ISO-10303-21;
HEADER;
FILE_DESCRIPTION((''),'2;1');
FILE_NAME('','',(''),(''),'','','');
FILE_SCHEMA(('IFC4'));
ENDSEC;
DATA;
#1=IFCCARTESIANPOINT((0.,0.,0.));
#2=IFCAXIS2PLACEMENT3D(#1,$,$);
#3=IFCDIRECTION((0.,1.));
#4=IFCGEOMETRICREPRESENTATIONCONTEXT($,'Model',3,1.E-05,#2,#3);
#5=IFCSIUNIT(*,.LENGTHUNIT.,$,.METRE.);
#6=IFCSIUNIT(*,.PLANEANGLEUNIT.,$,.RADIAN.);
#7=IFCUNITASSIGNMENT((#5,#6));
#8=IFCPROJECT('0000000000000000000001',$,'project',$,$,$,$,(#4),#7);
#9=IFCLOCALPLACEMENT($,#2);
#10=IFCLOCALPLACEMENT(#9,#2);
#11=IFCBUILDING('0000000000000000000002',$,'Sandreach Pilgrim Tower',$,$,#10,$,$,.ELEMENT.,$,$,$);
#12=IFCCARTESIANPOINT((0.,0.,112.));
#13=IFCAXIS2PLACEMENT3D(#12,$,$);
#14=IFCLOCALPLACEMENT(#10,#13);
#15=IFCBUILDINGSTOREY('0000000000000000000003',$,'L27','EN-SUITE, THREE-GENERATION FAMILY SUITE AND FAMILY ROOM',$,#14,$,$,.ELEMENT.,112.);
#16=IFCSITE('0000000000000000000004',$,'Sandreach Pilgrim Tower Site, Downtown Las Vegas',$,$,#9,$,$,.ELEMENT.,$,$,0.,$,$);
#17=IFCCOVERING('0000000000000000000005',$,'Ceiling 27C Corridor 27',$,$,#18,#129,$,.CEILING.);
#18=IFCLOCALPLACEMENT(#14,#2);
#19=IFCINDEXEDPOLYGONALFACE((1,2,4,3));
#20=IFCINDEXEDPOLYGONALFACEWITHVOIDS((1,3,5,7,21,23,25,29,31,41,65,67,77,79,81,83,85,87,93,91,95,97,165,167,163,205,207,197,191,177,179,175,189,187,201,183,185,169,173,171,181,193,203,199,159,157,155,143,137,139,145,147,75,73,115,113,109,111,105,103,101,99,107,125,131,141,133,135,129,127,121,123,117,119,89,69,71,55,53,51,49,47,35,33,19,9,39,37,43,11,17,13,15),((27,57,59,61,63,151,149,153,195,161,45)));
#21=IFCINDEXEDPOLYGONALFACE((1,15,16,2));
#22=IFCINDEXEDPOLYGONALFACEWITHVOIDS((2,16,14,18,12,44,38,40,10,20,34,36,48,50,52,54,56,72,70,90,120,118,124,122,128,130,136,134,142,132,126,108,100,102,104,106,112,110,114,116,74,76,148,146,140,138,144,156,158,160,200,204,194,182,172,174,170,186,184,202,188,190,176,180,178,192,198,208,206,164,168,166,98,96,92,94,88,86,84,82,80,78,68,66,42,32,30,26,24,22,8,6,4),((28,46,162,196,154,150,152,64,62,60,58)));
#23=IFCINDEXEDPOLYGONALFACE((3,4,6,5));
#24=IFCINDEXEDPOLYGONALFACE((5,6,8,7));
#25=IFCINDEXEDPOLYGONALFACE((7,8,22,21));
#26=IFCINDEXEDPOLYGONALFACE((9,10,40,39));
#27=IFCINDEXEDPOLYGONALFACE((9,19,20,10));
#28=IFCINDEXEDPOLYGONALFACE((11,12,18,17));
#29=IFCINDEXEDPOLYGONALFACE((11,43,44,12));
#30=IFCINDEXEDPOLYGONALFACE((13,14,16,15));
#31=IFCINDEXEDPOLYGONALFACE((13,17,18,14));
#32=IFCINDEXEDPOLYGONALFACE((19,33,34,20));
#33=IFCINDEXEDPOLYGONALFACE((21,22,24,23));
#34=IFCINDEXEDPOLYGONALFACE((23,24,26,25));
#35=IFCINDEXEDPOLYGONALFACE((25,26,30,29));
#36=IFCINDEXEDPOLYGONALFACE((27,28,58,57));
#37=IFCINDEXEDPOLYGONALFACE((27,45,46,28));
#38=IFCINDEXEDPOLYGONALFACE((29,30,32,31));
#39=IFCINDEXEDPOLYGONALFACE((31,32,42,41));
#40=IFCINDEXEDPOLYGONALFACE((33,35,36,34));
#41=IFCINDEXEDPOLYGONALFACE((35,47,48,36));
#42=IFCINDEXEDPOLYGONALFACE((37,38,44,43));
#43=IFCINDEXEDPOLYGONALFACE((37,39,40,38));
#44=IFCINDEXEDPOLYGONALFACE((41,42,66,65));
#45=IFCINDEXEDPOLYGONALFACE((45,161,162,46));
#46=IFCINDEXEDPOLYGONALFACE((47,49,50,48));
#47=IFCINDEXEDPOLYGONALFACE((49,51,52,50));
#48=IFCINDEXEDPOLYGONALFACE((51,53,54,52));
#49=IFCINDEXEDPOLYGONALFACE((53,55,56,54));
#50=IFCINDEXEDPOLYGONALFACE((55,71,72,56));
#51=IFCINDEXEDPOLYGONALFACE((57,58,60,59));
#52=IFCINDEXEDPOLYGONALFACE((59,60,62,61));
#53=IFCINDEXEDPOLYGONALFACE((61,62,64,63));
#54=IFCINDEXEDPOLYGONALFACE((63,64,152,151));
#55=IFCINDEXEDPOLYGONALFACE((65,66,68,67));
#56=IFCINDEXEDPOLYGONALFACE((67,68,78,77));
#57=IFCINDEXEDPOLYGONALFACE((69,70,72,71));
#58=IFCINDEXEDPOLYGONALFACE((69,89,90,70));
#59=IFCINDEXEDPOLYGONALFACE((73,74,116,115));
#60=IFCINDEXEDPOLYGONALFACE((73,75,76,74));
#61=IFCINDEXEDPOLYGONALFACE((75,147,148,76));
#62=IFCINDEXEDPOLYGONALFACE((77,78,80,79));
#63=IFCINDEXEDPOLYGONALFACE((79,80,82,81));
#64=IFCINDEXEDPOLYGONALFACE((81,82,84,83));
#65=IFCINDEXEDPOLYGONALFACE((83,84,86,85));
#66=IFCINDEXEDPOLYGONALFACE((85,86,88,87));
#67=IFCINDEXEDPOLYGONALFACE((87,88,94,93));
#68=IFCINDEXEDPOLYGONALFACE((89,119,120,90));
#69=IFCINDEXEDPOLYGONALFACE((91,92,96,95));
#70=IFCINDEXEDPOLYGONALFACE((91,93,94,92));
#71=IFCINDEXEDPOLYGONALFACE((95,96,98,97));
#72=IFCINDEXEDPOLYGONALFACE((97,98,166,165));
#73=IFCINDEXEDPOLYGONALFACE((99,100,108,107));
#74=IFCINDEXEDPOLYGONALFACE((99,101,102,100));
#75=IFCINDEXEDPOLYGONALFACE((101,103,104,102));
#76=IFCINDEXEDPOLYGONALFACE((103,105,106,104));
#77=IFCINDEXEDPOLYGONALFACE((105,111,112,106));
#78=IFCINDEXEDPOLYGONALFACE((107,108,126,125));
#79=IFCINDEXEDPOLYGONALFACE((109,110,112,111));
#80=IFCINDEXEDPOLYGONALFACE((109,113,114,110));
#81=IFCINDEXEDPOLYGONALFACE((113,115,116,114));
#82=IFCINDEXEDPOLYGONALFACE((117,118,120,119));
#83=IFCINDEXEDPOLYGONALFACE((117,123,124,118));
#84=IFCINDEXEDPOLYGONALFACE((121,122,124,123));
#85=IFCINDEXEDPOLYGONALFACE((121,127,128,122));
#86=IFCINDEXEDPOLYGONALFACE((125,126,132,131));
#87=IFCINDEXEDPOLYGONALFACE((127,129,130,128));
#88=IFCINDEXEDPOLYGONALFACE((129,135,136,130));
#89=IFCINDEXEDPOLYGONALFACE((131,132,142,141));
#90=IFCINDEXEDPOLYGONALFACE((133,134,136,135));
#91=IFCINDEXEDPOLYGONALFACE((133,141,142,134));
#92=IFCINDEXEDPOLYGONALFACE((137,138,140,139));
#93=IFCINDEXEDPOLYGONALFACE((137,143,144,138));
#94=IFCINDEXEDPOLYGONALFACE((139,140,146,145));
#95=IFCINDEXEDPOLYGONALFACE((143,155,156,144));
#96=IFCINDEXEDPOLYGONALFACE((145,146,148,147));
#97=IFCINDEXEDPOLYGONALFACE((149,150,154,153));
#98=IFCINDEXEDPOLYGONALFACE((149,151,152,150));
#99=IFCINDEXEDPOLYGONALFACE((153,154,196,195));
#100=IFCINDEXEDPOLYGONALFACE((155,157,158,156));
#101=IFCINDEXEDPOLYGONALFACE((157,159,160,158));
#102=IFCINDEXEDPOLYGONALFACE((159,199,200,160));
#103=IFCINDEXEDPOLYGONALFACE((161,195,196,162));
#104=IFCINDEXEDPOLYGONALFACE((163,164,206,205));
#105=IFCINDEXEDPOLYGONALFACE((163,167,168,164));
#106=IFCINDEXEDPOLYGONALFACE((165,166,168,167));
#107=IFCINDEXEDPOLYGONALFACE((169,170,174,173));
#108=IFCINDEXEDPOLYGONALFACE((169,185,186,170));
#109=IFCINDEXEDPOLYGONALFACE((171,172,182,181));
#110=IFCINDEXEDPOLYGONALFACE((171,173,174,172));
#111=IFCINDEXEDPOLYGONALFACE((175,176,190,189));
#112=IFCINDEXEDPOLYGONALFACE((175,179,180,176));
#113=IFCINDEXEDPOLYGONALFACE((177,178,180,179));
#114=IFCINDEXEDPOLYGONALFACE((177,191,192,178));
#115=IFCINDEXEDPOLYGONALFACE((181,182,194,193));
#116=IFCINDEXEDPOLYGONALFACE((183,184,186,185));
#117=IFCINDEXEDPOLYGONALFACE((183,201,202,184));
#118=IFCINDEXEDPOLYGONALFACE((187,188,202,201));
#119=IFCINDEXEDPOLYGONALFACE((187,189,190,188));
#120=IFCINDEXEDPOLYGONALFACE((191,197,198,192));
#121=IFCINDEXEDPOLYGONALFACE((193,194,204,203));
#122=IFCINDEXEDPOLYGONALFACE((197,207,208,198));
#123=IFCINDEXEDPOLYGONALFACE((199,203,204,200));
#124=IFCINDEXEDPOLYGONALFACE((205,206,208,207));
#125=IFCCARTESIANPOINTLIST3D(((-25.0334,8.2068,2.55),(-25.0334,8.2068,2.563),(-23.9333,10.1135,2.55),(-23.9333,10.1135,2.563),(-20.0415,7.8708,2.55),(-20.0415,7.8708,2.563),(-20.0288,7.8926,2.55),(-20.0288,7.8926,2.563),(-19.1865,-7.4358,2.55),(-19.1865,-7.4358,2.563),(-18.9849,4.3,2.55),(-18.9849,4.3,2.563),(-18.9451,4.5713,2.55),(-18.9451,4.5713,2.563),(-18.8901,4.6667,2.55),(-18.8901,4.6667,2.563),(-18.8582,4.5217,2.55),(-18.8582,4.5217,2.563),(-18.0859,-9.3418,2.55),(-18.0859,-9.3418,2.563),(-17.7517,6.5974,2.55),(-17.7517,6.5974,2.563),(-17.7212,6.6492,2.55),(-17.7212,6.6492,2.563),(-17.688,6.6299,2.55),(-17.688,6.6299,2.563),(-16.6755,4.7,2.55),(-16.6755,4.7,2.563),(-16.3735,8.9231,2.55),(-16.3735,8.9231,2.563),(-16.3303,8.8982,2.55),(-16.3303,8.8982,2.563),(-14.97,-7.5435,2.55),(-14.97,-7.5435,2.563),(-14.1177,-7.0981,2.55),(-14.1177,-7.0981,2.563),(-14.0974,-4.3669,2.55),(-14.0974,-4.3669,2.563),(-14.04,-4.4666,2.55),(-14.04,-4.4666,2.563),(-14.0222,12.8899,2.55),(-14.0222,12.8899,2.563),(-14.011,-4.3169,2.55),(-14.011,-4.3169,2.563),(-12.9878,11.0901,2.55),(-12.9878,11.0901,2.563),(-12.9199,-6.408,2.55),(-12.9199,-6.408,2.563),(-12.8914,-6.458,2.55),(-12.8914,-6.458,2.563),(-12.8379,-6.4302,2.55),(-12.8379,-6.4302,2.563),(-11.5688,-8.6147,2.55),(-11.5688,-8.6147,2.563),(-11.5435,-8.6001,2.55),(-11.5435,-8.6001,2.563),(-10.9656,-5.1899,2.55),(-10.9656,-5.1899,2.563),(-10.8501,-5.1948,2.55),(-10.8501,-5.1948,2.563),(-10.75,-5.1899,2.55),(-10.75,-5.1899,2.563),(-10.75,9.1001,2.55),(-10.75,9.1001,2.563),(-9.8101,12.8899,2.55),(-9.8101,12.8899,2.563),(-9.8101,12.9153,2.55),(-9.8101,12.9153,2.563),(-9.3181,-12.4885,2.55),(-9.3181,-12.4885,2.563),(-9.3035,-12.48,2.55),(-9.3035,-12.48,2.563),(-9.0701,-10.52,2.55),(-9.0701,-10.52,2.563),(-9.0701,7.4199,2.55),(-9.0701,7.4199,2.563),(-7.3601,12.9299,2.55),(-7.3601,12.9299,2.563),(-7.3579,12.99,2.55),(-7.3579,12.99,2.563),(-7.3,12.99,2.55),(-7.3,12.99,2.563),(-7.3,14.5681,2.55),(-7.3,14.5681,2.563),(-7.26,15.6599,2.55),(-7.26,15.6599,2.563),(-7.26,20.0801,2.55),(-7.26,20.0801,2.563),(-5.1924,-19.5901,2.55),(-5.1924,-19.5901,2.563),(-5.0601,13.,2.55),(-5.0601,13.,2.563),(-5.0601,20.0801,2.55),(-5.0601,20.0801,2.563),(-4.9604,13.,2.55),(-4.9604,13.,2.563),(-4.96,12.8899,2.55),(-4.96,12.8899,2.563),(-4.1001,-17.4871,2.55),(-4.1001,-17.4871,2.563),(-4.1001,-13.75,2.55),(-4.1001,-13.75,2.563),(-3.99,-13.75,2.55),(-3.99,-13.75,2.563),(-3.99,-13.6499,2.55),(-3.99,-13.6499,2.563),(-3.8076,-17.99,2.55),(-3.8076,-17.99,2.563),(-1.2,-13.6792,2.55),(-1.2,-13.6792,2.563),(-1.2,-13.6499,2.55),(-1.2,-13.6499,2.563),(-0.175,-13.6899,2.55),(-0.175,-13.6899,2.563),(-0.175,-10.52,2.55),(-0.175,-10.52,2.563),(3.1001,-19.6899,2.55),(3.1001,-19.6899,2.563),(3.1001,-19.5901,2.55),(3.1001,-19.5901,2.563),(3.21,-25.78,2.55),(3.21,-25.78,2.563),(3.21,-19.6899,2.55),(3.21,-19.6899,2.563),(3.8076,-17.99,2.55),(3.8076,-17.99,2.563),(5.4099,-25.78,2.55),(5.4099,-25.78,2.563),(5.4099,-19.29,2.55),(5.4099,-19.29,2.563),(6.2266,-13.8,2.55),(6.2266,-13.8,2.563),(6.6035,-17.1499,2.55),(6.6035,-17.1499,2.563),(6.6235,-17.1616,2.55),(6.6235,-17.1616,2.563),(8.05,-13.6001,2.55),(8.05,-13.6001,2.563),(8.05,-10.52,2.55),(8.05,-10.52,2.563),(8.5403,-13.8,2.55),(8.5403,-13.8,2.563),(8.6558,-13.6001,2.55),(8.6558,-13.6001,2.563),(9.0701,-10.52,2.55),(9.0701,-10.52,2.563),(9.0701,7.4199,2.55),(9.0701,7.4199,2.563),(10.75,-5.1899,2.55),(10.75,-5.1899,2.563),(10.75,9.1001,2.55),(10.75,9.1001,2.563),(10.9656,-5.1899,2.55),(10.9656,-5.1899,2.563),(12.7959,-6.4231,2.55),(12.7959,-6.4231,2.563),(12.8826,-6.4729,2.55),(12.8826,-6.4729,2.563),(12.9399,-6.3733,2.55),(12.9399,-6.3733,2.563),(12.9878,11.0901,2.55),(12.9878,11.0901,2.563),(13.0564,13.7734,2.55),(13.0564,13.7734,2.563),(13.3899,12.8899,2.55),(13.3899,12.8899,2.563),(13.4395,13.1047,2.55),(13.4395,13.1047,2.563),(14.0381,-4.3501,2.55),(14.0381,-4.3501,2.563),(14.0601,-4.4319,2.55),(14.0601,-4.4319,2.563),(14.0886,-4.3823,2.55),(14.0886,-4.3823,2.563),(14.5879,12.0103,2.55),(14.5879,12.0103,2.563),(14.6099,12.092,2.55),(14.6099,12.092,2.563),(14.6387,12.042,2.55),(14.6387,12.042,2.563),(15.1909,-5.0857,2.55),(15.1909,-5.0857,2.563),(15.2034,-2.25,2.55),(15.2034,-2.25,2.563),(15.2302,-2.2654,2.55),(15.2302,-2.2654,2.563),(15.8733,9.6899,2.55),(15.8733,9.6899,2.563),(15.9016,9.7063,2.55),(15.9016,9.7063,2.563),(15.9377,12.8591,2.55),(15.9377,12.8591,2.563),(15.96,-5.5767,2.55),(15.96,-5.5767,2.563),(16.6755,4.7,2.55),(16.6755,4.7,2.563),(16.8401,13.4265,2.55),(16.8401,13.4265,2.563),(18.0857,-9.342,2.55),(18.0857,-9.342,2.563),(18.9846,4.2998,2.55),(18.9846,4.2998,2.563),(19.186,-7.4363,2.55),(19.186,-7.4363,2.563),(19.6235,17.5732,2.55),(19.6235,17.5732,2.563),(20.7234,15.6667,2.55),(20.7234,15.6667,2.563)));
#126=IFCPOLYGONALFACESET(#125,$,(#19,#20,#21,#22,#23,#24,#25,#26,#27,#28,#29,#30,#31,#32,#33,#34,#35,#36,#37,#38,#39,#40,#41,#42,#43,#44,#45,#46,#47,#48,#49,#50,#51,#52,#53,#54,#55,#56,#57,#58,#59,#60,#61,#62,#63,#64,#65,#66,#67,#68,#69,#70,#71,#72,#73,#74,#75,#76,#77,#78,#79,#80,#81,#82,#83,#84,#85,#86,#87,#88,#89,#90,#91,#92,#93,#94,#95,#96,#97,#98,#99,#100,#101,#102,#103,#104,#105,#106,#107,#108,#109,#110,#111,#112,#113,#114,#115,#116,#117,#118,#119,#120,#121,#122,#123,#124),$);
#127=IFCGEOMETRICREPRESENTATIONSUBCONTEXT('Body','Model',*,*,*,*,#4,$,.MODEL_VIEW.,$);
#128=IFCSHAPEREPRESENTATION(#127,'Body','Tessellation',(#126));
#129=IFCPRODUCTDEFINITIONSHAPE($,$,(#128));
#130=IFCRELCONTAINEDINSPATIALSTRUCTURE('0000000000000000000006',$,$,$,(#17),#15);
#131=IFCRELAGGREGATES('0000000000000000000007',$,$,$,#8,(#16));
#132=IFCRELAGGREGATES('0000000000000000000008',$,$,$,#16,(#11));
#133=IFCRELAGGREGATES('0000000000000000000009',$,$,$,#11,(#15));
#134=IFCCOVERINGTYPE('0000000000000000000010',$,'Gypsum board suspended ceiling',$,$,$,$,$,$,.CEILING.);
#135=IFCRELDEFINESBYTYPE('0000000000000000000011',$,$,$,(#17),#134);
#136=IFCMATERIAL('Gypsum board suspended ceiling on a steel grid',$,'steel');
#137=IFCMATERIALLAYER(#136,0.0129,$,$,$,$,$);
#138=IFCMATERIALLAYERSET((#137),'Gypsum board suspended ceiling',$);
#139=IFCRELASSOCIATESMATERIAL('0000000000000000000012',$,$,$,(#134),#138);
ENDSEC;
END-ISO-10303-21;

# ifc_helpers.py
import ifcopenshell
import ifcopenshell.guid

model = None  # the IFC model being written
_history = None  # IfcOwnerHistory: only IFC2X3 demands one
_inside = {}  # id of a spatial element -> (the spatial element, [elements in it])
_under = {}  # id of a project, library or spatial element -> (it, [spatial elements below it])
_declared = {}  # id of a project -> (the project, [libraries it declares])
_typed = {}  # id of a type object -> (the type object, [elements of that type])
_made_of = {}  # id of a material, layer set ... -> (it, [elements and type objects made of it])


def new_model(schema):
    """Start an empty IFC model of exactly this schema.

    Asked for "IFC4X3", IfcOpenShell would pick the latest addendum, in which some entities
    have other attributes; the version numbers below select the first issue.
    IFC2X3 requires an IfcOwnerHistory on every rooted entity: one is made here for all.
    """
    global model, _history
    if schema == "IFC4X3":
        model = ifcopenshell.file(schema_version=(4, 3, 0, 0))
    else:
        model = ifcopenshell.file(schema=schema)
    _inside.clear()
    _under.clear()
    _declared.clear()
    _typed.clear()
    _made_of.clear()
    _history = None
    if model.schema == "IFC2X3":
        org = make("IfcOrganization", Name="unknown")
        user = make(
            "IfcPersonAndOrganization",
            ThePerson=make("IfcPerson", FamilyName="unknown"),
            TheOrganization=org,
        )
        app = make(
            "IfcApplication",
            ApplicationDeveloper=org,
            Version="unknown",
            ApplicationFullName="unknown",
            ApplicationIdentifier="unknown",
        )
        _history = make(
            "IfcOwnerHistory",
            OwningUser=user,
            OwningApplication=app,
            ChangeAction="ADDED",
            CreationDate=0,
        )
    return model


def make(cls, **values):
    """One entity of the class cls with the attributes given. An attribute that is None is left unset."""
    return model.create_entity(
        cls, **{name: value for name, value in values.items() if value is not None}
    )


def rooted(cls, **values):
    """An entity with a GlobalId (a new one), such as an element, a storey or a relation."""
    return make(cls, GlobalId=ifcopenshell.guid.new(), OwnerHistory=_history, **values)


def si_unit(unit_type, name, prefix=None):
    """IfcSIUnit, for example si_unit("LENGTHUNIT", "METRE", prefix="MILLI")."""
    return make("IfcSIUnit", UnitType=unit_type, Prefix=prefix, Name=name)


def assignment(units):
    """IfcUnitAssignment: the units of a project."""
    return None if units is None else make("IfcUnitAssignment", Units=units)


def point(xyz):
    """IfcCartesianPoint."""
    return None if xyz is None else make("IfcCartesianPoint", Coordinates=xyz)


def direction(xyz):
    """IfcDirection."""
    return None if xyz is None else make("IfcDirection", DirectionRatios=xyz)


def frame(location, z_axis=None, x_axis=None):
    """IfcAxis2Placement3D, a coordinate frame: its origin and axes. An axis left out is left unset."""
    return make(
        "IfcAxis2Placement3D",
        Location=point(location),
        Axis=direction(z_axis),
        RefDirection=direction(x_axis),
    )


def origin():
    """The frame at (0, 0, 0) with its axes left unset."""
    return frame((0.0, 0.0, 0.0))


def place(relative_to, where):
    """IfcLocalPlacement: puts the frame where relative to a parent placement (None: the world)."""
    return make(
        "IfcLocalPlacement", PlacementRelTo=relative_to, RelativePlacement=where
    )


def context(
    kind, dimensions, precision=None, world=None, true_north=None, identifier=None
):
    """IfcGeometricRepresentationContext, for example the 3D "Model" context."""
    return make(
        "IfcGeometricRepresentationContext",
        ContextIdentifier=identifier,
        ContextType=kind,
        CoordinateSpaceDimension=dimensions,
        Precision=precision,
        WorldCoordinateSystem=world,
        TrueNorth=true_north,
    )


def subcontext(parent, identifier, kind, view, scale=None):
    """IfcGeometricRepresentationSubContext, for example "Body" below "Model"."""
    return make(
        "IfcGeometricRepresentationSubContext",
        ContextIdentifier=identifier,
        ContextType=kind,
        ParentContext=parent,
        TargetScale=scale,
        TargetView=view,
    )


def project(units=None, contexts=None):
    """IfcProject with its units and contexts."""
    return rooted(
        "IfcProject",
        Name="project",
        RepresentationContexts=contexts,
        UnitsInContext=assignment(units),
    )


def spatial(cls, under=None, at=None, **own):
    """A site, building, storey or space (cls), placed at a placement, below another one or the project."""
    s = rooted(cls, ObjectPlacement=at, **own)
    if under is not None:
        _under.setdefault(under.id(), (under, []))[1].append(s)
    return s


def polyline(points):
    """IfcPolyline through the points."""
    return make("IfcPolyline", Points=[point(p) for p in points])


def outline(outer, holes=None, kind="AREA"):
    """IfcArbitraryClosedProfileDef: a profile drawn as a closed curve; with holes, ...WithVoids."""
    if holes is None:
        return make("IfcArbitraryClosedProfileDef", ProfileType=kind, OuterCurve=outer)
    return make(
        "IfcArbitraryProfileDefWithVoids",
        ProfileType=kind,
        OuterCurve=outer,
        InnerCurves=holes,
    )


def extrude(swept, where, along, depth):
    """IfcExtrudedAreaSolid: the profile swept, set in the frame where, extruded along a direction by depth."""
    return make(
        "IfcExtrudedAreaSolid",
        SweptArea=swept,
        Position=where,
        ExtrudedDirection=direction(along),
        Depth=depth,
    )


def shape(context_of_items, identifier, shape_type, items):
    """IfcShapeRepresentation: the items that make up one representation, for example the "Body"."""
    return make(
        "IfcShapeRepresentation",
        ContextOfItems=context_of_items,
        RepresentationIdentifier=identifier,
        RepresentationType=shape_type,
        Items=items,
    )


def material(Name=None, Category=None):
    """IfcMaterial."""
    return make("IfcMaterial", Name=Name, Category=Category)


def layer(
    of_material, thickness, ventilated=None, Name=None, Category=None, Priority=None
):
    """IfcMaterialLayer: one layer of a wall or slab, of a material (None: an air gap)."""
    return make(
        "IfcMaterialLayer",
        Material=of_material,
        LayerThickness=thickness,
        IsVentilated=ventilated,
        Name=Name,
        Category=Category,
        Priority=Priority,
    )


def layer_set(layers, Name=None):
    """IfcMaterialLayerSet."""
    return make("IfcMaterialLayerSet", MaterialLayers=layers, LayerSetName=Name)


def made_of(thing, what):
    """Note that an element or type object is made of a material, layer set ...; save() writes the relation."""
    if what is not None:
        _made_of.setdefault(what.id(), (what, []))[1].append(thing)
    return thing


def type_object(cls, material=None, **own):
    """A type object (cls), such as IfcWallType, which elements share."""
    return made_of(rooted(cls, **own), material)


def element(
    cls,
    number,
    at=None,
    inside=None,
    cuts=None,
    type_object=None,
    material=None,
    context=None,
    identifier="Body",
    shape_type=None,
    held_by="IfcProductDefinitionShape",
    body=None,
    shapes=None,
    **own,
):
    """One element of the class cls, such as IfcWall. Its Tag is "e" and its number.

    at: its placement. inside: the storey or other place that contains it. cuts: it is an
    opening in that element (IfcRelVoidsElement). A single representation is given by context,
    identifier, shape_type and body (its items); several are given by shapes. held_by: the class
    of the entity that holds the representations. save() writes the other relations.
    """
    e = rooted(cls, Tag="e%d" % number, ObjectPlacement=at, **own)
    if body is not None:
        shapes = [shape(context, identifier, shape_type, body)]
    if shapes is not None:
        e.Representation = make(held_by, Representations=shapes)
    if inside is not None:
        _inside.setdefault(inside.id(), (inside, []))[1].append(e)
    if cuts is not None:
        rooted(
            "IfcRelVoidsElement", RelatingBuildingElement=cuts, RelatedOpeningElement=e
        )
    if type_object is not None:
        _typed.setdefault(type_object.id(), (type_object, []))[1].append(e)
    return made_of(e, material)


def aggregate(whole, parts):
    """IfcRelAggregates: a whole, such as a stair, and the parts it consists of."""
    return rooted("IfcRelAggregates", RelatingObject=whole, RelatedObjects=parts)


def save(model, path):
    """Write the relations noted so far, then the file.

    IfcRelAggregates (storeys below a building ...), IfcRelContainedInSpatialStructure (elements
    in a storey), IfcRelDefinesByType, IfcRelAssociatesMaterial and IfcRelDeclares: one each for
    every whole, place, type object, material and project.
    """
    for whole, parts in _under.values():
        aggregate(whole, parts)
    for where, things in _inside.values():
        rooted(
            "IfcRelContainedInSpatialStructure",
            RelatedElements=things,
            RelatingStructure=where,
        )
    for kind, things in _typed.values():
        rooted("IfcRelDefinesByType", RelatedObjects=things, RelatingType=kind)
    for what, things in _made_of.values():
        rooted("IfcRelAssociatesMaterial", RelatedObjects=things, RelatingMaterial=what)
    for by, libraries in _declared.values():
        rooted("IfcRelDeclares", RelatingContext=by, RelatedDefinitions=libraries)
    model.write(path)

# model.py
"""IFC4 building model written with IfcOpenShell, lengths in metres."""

from ifc_helpers import new_model, si_unit, direction, frame, origin, place, context, subcontext, project, spatial, polyline, outline, extrude, material, layer, layer_set, type_object, element, save


model = new_model("IFC4")

# Units and contexts
model_context = context("Model", 3, precision=1e-05, world=origin(), true_north=direction((0.0, 1.0)))
body_context = subcontext(model_context, "Body", "Model", "MODEL_VIEW")
ifc_project = project(units=[si_unit("LENGTHUNIT", "METRE"), si_unit("PLANEANGLEUNIT", "RADIAN")], contexts=[model_context])

# Site, building, storey
site_placement = place(None, origin())
site = spatial("IfcSite", under=ifc_project, at=site_placement, Name="Sandreach Pilgrim Tower Site, Downtown Las Vegas", CompositionType="ELEMENT", RefElevation=0.0)
building_placement = place(site_placement, origin())
building = spatial("IfcBuilding", under=site, at=building_placement, Name="Sandreach Pilgrim Tower", CompositionType="ELEMENT")
storey_placement = place(building_placement, frame((0.0, 0.0, 112.0)))
storey = spatial("IfcBuildingStorey", under=building, at=storey_placement, Name="L27", Description="EN-SUITE, THREE-GENERATION FAMILY SUITE AND FAMILY ROOM", CompositionType="ELEMENT", Elevation=112.0)

# Covering
ifc_material_1 = material(Name="Gypsum board suspended ceiling on a steel grid", Category="steel")
ifc_layer_1 = layer(ifc_material_1, 0.0129)
ifc_layer_set_1 = layer_set([ifc_layer_1], Name="Gypsum board suspended ceiling")
covering_type_1 = type_object("IfcCoveringType", Name="Gypsum board suspended ceiling", PredefinedType="CEILING", material=ifc_layer_set_1)
covering_1_placement = place(storey_placement, frame((0.0, 0.0, 2.55)))
element("IfcCovering", 1, at=covering_1_placement, inside=storey, type_object=covering_type_1, Name="Ceiling 27C Corridor 27", PredefinedType="CEILING", context=body_context, shape_type="SweptSolid", body=[
    extrude(outline(polyline([(-25.0334, 8.2068), (-23.9333, 10.1135), (-20.0415, 7.8708), (-20.0288, 7.8926), (-17.7517, 6.5974), (-17.7212, 6.6492), (-17.688, 6.6299), (-16.3735, 8.9231), (-16.3303, 8.8982), (-14.0222, 12.8899), (-9.8101, 12.8899), (-9.8101, 12.9153), (-7.3601, 12.9299), (-7.3579, 12.99), (-7.3, 12.99), (-7.3, 14.5681), (-7.26, 15.6599), (-7.26, 20.0801), (-5.0601, 20.0801), (-5.0601, 13.0), (-4.9604, 13.0), (-4.96, 12.8899), (13.3899, 12.8899), (13.4395, 13.1047), (13.0564, 13.7734), (19.6235, 17.5732), (20.7234, 15.6667), (16.8401, 13.4265), (15.9377, 12.8591), (14.6099, 12.092), (14.6387, 12.042), (14.5879, 12.0103), (15.9016, 9.7063), (15.8733, 9.6899), (18.9846, 4.2998), (15.2034, -2.25), (15.2302, -2.2654), (14.0381, -4.3501), (14.0886, -4.3823), (14.0601, -4.4319), (15.1909, -5.0857), (15.96, -5.5767), (19.186, -7.4363), (18.0857, -9.342), (12.9399, -6.3733), (12.8826, -6.4729), (12.7959, -6.4231), (8.6558, -13.6001), (8.05, -13.6001), (8.05, -10.52), (9.0701, -10.52), (9.0701, 7.4199), (-9.0701, 7.4199), (-9.0701, -10.52), (-0.175, -10.52), (-0.175, -13.6899), (-1.2, -13.6792), (-1.2, -13.6499), (-3.99, -13.6499), (-3.99, -13.75), (-4.1001, -13.75), (-4.1001, -17.4871), (-3.8076, -17.99), (3.8076, -17.99), (6.2266, -13.8), (8.5403, -13.8), (6.6035, -17.1499), (6.6235, -17.1616), (5.4099, -19.29), (5.4099, -25.78), (3.21, -25.78), (3.21, -19.6899), (3.1001, -19.6899), (3.1001, -19.5901), (-5.1924, -19.5901), (-9.3181, -12.4885), (-9.3035, -12.48), (-11.5435, -8.6001), (-11.5688, -8.6147), (-12.8379, -6.4302), (-12.8914, -6.458), (-12.9199, -6.408), (-14.1177, -7.0981), (-14.97, -7.5435), (-18.0859, -9.3418), (-19.1865, -7.4358), (-14.04, -4.4666), (-14.0974, -4.3669), (-14.011, -4.3169), (-18.9849, 4.3), (-18.8582, 4.5217), (-18.9451, 4.5713), (-18.8901, 4.6667), (-25.0334, 8.2068)]), holes=[polyline([(-16.6755, 4.7), (-10.9656, -5.1899), (-10.8501, -5.1948), (-10.75, -5.1899), (-10.75, 9.1001), (10.75, 9.1001), (10.75, -5.1899), (10.9656, -5.1899), (16.6755, 4.7), (12.9878, 11.0901), (-12.9878, 11.0901), (-16.6755, 4.7)])]), origin(), (0.0, 0.0, 1.0), 0.0129),
])

save(model, "model.ifc")
